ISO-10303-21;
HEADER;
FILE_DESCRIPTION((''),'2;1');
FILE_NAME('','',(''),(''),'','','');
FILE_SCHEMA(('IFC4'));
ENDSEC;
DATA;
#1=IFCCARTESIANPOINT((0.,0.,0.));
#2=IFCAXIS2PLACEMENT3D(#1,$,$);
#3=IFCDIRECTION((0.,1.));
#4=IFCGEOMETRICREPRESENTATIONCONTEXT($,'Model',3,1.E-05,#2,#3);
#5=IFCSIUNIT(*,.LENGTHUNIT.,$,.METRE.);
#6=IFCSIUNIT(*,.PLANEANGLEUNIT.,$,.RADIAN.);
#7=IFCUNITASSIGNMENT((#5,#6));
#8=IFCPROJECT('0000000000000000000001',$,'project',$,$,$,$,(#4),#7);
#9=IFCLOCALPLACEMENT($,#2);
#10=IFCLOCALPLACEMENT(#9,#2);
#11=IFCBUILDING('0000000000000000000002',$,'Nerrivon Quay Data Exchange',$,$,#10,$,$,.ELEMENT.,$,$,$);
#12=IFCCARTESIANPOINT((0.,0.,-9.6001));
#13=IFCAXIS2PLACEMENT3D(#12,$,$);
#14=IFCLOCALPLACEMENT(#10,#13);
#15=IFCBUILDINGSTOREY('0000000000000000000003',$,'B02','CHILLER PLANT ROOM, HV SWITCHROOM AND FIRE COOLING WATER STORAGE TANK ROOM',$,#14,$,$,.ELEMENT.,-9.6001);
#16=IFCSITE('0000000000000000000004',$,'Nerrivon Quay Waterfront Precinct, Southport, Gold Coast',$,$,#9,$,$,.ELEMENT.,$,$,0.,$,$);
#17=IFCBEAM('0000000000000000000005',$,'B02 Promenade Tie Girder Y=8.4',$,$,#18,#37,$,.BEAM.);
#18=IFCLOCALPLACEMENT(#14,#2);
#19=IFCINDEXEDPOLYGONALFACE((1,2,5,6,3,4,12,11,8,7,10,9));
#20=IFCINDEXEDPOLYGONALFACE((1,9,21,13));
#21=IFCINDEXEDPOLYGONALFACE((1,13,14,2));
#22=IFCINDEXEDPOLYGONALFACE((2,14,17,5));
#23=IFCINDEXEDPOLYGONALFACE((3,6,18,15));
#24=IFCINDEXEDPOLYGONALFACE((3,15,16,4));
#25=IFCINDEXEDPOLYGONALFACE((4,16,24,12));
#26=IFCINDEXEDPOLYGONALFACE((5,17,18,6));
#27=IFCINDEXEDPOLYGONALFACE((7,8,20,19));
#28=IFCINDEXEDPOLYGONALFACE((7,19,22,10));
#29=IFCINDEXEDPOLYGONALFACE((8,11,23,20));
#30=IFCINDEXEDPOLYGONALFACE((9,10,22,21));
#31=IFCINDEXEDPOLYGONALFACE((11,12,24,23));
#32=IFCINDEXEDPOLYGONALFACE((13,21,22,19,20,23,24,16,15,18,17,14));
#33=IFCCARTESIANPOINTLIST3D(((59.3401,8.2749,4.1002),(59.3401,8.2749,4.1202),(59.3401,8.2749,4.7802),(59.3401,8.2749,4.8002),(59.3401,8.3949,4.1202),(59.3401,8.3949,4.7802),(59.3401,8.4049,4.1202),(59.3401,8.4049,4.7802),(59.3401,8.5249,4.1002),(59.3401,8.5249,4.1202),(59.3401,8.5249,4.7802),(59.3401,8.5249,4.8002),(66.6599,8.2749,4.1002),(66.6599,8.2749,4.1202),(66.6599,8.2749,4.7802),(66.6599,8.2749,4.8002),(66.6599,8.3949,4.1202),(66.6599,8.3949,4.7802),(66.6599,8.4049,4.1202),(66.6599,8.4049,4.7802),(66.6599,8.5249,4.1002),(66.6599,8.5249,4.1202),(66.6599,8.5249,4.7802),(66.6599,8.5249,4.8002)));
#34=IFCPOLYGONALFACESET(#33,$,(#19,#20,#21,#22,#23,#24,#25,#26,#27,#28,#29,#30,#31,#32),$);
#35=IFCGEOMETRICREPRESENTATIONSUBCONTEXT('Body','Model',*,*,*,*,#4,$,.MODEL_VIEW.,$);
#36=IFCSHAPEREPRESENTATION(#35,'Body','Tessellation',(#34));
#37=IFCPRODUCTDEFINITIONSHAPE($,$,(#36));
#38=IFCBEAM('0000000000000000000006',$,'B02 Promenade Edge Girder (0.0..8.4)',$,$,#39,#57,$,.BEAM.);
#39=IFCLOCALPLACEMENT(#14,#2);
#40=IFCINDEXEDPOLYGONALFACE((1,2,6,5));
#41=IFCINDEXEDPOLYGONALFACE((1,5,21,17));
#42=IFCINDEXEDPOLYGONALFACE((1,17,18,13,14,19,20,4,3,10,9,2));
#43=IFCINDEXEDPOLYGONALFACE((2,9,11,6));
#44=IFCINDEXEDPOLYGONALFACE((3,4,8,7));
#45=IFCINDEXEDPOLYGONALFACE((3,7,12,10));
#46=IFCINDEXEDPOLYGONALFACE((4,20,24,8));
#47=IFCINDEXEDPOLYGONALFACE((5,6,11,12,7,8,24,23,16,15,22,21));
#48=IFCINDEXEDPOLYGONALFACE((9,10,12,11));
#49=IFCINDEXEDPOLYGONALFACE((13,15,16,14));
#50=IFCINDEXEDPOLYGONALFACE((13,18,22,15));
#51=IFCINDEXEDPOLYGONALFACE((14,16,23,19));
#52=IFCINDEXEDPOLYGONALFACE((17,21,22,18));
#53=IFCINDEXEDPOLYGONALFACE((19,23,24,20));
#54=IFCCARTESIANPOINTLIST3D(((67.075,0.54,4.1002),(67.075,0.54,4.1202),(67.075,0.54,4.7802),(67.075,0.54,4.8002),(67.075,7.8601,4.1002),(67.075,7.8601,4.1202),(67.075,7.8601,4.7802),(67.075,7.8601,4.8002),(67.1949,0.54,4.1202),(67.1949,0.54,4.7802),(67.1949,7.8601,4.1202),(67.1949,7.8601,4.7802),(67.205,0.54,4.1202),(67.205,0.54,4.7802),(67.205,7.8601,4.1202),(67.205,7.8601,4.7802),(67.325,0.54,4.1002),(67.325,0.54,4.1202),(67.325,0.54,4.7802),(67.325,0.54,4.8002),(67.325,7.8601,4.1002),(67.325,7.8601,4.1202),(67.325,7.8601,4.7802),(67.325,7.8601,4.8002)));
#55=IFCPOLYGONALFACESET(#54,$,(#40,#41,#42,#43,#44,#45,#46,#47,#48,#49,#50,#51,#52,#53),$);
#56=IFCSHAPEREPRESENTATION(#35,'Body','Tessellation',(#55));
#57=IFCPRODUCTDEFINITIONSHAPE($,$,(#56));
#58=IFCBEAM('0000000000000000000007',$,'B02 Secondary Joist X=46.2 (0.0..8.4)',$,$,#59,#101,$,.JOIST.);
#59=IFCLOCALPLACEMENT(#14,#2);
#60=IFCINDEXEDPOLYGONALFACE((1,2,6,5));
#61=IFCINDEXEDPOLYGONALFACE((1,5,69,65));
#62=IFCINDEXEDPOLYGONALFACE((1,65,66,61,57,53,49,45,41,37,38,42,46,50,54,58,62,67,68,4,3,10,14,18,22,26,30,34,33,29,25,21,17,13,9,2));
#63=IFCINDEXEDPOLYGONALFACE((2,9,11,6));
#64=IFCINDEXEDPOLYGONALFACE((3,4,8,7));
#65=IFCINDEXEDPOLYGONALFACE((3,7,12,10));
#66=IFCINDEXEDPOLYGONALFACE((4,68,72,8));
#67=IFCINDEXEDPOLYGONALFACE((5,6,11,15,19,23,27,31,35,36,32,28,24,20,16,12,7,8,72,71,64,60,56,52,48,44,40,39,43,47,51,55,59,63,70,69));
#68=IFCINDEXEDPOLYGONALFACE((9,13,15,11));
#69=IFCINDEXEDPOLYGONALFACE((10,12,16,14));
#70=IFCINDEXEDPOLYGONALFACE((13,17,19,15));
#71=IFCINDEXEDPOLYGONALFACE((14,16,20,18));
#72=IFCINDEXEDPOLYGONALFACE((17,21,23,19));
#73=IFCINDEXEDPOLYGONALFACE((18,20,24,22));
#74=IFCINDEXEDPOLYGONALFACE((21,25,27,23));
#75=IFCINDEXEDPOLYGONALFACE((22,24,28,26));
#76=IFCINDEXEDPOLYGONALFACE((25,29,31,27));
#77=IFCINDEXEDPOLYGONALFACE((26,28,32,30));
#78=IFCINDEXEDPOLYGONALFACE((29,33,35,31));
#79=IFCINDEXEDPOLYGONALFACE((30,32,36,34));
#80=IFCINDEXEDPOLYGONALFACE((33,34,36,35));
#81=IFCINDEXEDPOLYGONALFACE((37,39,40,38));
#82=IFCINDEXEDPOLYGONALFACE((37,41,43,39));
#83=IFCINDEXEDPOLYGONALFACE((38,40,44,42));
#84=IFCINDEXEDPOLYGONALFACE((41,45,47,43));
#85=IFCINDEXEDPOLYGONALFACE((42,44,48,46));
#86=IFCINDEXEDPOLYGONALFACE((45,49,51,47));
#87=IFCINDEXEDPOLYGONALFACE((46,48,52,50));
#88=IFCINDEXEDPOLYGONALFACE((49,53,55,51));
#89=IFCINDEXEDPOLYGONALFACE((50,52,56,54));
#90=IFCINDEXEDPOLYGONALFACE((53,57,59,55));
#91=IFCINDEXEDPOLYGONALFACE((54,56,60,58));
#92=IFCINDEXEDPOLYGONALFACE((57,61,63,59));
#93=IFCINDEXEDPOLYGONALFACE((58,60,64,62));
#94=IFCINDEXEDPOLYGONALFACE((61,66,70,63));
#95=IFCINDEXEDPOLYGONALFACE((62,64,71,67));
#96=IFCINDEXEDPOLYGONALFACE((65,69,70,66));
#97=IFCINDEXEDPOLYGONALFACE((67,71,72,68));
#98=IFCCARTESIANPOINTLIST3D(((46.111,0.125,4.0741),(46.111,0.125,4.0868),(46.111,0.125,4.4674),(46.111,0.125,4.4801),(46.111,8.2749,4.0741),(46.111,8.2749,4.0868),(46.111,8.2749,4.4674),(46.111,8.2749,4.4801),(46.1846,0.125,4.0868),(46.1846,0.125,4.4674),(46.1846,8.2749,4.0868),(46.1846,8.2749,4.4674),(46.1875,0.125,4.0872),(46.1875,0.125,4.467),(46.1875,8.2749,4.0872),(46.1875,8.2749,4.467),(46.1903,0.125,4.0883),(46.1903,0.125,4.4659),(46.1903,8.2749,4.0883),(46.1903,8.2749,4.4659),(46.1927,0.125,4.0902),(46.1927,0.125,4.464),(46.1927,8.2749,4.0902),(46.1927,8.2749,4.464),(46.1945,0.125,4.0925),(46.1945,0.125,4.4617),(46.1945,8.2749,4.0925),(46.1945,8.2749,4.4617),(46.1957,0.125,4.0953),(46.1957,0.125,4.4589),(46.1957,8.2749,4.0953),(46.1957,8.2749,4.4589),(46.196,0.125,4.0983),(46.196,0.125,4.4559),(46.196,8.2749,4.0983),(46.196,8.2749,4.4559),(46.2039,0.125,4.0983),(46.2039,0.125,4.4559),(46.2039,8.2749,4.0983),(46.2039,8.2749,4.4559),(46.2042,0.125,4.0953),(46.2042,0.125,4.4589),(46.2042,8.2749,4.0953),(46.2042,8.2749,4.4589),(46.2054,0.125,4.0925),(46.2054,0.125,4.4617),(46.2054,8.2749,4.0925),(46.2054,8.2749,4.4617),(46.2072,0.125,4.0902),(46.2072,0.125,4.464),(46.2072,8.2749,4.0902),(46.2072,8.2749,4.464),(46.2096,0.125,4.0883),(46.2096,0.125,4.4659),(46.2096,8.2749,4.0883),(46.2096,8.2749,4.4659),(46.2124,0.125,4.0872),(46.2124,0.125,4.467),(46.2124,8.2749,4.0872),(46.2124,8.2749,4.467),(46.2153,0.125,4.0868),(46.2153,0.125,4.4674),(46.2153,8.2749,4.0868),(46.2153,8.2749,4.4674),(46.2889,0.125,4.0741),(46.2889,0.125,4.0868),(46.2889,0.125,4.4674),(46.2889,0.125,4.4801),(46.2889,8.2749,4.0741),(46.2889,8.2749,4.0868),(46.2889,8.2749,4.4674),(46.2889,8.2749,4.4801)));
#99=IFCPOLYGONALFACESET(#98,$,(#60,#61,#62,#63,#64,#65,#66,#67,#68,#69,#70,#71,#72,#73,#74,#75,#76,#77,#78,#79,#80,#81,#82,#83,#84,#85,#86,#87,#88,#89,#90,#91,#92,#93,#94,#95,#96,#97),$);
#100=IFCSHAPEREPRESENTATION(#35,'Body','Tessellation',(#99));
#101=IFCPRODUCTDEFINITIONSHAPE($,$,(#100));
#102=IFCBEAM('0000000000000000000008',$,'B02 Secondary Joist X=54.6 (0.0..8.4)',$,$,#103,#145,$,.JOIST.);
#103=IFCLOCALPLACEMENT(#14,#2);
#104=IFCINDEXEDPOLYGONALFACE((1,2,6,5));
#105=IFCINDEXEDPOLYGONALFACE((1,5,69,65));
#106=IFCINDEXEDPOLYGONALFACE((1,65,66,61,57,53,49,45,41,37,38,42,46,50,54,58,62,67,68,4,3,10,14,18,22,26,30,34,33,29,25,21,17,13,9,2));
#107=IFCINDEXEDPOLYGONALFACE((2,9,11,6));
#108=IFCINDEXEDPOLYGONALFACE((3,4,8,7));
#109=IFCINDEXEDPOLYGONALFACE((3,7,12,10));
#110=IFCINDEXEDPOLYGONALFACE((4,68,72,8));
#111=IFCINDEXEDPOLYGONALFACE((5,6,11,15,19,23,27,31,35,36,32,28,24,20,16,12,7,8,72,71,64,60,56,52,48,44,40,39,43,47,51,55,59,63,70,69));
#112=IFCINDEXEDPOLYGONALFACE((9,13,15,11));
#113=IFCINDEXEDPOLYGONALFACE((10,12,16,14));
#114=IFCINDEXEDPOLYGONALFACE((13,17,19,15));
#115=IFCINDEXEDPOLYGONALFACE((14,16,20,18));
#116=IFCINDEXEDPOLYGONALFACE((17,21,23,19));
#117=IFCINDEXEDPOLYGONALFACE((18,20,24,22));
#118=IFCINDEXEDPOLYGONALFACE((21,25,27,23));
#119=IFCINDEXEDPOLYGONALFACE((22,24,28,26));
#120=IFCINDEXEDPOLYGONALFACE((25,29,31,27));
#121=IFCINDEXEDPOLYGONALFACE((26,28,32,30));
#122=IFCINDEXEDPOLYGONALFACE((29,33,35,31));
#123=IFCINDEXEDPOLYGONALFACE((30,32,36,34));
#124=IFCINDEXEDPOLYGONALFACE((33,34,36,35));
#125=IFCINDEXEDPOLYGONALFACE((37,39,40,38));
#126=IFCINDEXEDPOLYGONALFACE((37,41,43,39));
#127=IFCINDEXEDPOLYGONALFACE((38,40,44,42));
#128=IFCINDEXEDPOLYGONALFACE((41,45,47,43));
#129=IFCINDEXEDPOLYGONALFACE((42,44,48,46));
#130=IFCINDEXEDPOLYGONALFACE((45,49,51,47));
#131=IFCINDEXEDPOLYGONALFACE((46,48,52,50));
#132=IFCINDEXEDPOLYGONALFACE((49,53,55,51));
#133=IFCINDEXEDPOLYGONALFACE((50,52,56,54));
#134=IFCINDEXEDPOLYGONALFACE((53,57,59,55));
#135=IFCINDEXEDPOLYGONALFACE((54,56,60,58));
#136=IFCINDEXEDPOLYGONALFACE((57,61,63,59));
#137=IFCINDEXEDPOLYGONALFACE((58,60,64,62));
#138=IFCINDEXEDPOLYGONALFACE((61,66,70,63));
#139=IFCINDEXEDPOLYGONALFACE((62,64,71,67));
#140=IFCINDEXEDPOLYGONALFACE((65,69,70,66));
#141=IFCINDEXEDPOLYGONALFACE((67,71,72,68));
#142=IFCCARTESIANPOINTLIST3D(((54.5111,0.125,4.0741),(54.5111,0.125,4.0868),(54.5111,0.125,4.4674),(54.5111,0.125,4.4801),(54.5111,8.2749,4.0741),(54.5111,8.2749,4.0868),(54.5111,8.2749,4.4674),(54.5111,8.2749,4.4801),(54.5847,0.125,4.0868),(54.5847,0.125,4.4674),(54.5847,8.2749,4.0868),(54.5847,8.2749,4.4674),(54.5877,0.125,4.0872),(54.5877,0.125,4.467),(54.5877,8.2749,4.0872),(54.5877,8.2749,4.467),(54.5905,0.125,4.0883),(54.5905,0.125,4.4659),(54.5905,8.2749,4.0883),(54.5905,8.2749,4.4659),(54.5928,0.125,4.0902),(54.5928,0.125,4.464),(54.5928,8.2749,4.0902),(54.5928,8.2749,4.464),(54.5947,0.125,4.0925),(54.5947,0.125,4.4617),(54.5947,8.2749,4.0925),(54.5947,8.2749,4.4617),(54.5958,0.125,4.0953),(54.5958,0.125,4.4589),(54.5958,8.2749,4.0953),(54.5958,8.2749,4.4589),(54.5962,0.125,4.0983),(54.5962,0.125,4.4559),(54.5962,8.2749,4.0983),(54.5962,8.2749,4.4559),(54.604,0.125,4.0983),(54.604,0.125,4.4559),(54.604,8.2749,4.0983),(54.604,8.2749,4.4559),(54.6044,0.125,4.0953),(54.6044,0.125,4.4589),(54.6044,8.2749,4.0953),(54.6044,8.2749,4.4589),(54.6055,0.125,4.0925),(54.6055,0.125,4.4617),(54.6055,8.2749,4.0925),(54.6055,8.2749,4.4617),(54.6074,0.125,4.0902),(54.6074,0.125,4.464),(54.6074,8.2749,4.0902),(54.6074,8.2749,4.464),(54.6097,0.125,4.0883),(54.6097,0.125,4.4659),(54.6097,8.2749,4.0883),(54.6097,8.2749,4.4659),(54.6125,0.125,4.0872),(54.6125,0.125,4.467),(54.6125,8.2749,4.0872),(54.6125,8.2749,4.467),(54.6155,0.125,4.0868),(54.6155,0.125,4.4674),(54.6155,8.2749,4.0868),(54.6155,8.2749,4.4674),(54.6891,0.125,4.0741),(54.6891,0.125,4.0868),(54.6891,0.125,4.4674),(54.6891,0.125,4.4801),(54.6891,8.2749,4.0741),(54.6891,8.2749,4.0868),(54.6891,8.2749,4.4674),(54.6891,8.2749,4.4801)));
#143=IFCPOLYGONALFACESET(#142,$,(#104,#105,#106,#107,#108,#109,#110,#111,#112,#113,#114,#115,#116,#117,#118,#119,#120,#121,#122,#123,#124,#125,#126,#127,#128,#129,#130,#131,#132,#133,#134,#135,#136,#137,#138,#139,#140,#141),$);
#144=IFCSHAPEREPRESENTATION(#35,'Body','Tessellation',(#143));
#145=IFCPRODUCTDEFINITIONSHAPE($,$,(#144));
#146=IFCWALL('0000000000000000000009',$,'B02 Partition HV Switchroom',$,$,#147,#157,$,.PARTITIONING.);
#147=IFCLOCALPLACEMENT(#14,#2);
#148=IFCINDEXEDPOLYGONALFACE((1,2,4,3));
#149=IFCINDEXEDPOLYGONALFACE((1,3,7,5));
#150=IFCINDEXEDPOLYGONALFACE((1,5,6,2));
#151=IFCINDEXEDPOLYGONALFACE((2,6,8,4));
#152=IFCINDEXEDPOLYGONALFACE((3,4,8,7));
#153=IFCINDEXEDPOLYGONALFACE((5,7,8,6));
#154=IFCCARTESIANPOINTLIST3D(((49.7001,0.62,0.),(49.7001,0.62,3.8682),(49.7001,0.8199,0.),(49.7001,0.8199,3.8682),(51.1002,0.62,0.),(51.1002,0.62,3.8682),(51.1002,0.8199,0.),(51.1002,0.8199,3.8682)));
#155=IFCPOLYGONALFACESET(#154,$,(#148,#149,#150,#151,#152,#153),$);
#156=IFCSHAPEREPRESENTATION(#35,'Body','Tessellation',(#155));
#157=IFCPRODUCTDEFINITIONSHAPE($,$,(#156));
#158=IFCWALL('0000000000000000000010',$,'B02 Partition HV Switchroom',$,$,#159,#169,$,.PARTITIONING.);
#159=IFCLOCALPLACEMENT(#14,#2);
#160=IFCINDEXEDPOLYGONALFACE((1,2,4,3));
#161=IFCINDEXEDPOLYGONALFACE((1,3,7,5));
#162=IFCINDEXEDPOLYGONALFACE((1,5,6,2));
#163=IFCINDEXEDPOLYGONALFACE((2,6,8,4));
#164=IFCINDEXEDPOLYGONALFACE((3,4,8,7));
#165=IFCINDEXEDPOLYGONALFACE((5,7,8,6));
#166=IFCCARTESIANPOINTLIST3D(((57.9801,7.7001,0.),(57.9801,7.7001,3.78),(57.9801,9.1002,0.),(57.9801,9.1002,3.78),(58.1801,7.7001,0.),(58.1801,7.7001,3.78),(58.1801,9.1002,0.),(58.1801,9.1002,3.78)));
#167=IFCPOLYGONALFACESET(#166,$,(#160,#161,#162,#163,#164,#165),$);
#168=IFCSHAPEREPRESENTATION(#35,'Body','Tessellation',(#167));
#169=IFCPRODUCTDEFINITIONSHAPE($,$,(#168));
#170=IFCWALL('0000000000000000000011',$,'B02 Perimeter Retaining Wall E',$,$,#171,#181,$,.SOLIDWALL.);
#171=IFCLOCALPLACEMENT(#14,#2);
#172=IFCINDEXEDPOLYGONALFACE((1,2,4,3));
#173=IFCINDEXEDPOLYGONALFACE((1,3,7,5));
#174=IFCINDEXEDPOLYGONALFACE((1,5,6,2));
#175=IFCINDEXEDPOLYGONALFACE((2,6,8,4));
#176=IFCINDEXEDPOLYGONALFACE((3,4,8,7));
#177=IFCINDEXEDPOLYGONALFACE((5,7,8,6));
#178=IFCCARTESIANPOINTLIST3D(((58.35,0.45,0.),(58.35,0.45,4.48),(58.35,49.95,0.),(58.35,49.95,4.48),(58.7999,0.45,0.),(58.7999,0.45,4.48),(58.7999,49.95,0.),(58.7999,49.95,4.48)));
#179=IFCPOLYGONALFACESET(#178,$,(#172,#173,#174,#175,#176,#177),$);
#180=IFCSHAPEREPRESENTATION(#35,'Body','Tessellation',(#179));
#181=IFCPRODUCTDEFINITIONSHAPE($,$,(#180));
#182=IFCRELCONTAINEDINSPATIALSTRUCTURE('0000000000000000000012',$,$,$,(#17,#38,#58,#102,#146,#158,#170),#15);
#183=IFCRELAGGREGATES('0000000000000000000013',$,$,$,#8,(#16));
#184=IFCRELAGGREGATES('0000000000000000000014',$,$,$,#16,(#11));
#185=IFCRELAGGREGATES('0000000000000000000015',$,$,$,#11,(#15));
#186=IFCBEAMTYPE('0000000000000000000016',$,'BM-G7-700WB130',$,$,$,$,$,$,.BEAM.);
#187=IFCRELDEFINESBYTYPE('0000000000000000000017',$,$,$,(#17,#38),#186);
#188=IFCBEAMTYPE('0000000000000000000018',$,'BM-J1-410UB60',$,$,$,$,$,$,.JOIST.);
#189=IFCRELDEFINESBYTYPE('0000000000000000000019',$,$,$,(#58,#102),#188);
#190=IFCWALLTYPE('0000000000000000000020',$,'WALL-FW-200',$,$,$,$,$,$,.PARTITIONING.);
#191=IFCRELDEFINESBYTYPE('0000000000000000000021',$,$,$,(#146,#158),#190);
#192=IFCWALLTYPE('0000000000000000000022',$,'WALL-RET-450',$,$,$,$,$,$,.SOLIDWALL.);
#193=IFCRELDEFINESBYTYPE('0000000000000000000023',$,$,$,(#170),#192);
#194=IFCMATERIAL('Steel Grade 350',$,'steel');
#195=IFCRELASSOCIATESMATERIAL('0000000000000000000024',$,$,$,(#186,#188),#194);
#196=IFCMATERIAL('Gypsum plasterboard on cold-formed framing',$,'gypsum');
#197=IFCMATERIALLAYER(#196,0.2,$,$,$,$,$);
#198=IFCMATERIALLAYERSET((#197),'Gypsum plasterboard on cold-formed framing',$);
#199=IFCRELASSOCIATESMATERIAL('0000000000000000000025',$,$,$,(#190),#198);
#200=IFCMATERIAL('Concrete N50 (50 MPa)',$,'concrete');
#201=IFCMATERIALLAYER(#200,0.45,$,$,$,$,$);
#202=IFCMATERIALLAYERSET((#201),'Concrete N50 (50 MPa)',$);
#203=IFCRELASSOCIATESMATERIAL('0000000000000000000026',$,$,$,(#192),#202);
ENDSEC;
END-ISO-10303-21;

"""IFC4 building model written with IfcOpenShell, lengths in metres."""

from ifc_helpers import new_model, si_unit, direction, frame, frame_2d, origin, origin_2d, place, context, subcontext, project, spatial, rectangle, i_section, extrude, material, layer, layer_set, material_profile, profile_set, type_object, element, save


model = new_model("IFC4")

# Units and contexts
model_context = context("Model", 3, precision=1e-05, world=origin(), true_north=direction((0.0, 1.0)))
body_context = subcontext(model_context, "Body", "Model", "MODEL_VIEW")
ifc_project = project(units=[si_unit("LENGTHUNIT", "METRE"), si_unit("PLANEANGLEUNIT", "RADIAN")], contexts=[model_context])

# Site, building, storey
site_placement = place(None, origin())
site = spatial("IfcSite", under=ifc_project, at=site_placement, Name="Nerrivon Quay Waterfront Precinct, Southport, Gold Coast", CompositionType="ELEMENT", RefElevation=0.0)
building_placement = place(site_placement, origin())
building = spatial("IfcBuilding", under=site, at=building_placement, Name="Nerrivon Quay Data Exchange", CompositionType="ELEMENT")
storey_placement = place(building_placement, frame((0.0, 0.0, -9.6001)))
storey = spatial("IfcBuildingStorey", under=building, at=storey_placement, Name="B02", Description="CHILLER PLANT ROOM, HV SWITCHROOM AND FIRE COOLING WATER STORAGE TANK ROOM", CompositionType="ELEMENT", Elevation=-9.6001)

# Shared definitions
ifc_material_1 = material(Name="Concrete N50 (50 MPa)", Category="concrete")

# Beams
ifc_material_2 = material(Name="Steel Grade 350", Category="steel")
ifc_material_profile_1 = material_profile(ifc_material_2, i_section(OverallWidth=0.25, OverallDepth=0.7, WebThickness=0.01, FlangeThickness=0.02, at=origin_2d()), Name="700WB130")
ifc_profile_set_1 = profile_set([ifc_material_profile_1], Name="Steel Grade 350")
beam_type_1 = type_object("IfcBeamType", Name="BM-G7-700WB130", PredefinedType="BEAM", material=ifc_profile_set_1)
for number, where, z_axis, x_axis, name in (
    (1, (59.3401, 8.3999, 4.4502), (1.0, 0.0, 0.0), (0.0, 1.0, 0.0), "B02 Promenade Tie Girder Y=8.4"),
):
    element("IfcBeam", number, at=place(storey_placement, frame(where, z_axis=z_axis, x_axis=x_axis)), inside=storey, type_object=beam_type_1, Name=name, PredefinedType="BEAM", context=body_context, shape_type="SweptSolid", body=[
        extrude(i_section(OverallWidth=0.25, OverallDepth=0.7, WebThickness=0.01, FlangeThickness=0.02, at=origin_2d()), origin(), (0.0, 0.0, 1.0), 7.3198),
    ])
beam_placement = place(storey_placement, frame((67.2, 0.54, 4.4502), z_axis=(0.0, 1.0, 0.0), x_axis=(-1.0, 0.0, 0.0)))
element("IfcBeam", 2, at=beam_placement, inside=storey, type_object=beam_type_1, Name="B02 Promenade Edge Girder (0.0..8.4)", PredefinedType="BEAM", context=body_context, shape_type="SweptSolid", body=[
    extrude(i_section(OverallWidth=0.25, OverallDepth=0.7, WebThickness=0.01, FlangeThickness=0.02, at=origin_2d()), origin(), (0.0, 0.0, 1.0), 7.3201),
])
ifc_material_profile_2 = material_profile(ifc_material_2, i_section(OverallWidth=0.178, OverallDepth=0.406, WebThickness=0.0078, FlangeThickness=0.0127, FilletRadius=0.0115, at=origin_2d()), Name="410UB59.7")
ifc_profile_set_2 = profile_set([ifc_material_profile_2], Name="Steel Grade 350")
beam_type_2 = type_object("IfcBeamType", Name="BM-J1-410UB60", PredefinedType="JOIST", material=ifc_profile_set_2)
for number, where, z_axis, x_axis, name in (
    (3, (46.2, 0.125, 4.2771), (0.0, 1.0, 0.0), (-1.0, 0.0, 0.0), "B02 Secondary Joist X=46.2 (0.0..8.4)"),
    (4, (54.6001, 0.125, 4.2771), (0.0, 1.0, 0.0), (-1.0, 0.0, 0.0), "B02 Secondary Joist X=54.6 (0.0..8.4)"),
):
    element("IfcBeam", number, at=place(storey_placement, frame(where, z_axis=z_axis, x_axis=x_axis)), inside=storey, type_object=beam_type_2, Name=name, PredefinedType="JOIST", context=body_context, shape_type="SweptSolid", body=[
        extrude(i_section(OverallWidth=0.178, OverallDepth=0.406, WebThickness=0.0078, FlangeThickness=0.0127, FilletRadius=0.0115, at=origin_2d()), origin(), (0.0, 0.0, 1.0), 8.1499),
    ])

# Walls
ifc_material_3 = material(Name="Gypsum plasterboard on cold-formed framing", Category="gypsum")
ifc_layer_1 = layer(ifc_material_3, 0.2)
ifc_layer_set_1 = layer_set([ifc_layer_1], Name="Gypsum plasterboard on cold-formed framing")
wall_type_1 = type_object("IfcWallType", Name="WALL-FW-200", PredefinedType="PARTITIONING", material=ifc_layer_set_1)
wall_1_placement = place(storey_placement, frame((49.7, 0.72, 0.0), z_axis=(0.0, 0.0, 1.0), x_axis=(1.0, 0.0, 0.0)))
element("IfcWall", 5, at=wall_1_placement, inside=storey, type_object=wall_type_1, Name="B02 Partition HV Switchroom", PredefinedType="PARTITIONING", context=body_context, shape_type="SweptSolid", body=[
    extrude(rectangle(XDim=1.4001, YDim=0.2, at=frame_2d((0.7002, 0.0))), origin(), (0.0, 0.0, 1.0), 3.8682),
])
wall_2_placement = place(storey_placement, frame((58.0801, 7.7, 0.0), z_axis=(0.0, 0.0, 1.0), x_axis=(0.0, 1.0, 0.0)))
element("IfcWall", 6, at=wall_2_placement, inside=storey, type_object=wall_type_1, Name="B02 Partition HV Switchroom", PredefinedType="PARTITIONING", context=body_context, shape_type="SweptSolid", body=[
    extrude(rectangle(XDim=1.4001, YDim=0.2, at=frame_2d((0.7002, 0.0))), origin(), (0.0, 0.0, 1.0), 3.78),
])
ifc_layer_2 = layer(ifc_material_1, 0.45)
ifc_layer_set_2 = layer_set([ifc_layer_2], Name="Concrete N50 (50 MPa)")
wall_type_2 = type_object("IfcWallType", Name="WALL-RET-450", PredefinedType="SOLIDWALL", material=ifc_layer_set_2)
wall_3_placement = place(storey_placement, frame((58.575, 0.45, 0.0), z_axis=(0.0, 0.0, 1.0), x_axis=(0.0, 1.0, 0.0)))
element("IfcWall", 7, at=wall_3_placement, inside=storey, type_object=wall_type_2, Name="B02 Perimeter Retaining Wall E", PredefinedType="SOLIDWALL", context=body_context, shape_type="SweptSolid", body=[
    extrude(rectangle(XDim=49.5, YDim=0.45, at=frame_2d((24.75, 0.0))), origin(), (0.0, 0.0, 1.0), 4.48),
])

save(model, "model.ifc")
